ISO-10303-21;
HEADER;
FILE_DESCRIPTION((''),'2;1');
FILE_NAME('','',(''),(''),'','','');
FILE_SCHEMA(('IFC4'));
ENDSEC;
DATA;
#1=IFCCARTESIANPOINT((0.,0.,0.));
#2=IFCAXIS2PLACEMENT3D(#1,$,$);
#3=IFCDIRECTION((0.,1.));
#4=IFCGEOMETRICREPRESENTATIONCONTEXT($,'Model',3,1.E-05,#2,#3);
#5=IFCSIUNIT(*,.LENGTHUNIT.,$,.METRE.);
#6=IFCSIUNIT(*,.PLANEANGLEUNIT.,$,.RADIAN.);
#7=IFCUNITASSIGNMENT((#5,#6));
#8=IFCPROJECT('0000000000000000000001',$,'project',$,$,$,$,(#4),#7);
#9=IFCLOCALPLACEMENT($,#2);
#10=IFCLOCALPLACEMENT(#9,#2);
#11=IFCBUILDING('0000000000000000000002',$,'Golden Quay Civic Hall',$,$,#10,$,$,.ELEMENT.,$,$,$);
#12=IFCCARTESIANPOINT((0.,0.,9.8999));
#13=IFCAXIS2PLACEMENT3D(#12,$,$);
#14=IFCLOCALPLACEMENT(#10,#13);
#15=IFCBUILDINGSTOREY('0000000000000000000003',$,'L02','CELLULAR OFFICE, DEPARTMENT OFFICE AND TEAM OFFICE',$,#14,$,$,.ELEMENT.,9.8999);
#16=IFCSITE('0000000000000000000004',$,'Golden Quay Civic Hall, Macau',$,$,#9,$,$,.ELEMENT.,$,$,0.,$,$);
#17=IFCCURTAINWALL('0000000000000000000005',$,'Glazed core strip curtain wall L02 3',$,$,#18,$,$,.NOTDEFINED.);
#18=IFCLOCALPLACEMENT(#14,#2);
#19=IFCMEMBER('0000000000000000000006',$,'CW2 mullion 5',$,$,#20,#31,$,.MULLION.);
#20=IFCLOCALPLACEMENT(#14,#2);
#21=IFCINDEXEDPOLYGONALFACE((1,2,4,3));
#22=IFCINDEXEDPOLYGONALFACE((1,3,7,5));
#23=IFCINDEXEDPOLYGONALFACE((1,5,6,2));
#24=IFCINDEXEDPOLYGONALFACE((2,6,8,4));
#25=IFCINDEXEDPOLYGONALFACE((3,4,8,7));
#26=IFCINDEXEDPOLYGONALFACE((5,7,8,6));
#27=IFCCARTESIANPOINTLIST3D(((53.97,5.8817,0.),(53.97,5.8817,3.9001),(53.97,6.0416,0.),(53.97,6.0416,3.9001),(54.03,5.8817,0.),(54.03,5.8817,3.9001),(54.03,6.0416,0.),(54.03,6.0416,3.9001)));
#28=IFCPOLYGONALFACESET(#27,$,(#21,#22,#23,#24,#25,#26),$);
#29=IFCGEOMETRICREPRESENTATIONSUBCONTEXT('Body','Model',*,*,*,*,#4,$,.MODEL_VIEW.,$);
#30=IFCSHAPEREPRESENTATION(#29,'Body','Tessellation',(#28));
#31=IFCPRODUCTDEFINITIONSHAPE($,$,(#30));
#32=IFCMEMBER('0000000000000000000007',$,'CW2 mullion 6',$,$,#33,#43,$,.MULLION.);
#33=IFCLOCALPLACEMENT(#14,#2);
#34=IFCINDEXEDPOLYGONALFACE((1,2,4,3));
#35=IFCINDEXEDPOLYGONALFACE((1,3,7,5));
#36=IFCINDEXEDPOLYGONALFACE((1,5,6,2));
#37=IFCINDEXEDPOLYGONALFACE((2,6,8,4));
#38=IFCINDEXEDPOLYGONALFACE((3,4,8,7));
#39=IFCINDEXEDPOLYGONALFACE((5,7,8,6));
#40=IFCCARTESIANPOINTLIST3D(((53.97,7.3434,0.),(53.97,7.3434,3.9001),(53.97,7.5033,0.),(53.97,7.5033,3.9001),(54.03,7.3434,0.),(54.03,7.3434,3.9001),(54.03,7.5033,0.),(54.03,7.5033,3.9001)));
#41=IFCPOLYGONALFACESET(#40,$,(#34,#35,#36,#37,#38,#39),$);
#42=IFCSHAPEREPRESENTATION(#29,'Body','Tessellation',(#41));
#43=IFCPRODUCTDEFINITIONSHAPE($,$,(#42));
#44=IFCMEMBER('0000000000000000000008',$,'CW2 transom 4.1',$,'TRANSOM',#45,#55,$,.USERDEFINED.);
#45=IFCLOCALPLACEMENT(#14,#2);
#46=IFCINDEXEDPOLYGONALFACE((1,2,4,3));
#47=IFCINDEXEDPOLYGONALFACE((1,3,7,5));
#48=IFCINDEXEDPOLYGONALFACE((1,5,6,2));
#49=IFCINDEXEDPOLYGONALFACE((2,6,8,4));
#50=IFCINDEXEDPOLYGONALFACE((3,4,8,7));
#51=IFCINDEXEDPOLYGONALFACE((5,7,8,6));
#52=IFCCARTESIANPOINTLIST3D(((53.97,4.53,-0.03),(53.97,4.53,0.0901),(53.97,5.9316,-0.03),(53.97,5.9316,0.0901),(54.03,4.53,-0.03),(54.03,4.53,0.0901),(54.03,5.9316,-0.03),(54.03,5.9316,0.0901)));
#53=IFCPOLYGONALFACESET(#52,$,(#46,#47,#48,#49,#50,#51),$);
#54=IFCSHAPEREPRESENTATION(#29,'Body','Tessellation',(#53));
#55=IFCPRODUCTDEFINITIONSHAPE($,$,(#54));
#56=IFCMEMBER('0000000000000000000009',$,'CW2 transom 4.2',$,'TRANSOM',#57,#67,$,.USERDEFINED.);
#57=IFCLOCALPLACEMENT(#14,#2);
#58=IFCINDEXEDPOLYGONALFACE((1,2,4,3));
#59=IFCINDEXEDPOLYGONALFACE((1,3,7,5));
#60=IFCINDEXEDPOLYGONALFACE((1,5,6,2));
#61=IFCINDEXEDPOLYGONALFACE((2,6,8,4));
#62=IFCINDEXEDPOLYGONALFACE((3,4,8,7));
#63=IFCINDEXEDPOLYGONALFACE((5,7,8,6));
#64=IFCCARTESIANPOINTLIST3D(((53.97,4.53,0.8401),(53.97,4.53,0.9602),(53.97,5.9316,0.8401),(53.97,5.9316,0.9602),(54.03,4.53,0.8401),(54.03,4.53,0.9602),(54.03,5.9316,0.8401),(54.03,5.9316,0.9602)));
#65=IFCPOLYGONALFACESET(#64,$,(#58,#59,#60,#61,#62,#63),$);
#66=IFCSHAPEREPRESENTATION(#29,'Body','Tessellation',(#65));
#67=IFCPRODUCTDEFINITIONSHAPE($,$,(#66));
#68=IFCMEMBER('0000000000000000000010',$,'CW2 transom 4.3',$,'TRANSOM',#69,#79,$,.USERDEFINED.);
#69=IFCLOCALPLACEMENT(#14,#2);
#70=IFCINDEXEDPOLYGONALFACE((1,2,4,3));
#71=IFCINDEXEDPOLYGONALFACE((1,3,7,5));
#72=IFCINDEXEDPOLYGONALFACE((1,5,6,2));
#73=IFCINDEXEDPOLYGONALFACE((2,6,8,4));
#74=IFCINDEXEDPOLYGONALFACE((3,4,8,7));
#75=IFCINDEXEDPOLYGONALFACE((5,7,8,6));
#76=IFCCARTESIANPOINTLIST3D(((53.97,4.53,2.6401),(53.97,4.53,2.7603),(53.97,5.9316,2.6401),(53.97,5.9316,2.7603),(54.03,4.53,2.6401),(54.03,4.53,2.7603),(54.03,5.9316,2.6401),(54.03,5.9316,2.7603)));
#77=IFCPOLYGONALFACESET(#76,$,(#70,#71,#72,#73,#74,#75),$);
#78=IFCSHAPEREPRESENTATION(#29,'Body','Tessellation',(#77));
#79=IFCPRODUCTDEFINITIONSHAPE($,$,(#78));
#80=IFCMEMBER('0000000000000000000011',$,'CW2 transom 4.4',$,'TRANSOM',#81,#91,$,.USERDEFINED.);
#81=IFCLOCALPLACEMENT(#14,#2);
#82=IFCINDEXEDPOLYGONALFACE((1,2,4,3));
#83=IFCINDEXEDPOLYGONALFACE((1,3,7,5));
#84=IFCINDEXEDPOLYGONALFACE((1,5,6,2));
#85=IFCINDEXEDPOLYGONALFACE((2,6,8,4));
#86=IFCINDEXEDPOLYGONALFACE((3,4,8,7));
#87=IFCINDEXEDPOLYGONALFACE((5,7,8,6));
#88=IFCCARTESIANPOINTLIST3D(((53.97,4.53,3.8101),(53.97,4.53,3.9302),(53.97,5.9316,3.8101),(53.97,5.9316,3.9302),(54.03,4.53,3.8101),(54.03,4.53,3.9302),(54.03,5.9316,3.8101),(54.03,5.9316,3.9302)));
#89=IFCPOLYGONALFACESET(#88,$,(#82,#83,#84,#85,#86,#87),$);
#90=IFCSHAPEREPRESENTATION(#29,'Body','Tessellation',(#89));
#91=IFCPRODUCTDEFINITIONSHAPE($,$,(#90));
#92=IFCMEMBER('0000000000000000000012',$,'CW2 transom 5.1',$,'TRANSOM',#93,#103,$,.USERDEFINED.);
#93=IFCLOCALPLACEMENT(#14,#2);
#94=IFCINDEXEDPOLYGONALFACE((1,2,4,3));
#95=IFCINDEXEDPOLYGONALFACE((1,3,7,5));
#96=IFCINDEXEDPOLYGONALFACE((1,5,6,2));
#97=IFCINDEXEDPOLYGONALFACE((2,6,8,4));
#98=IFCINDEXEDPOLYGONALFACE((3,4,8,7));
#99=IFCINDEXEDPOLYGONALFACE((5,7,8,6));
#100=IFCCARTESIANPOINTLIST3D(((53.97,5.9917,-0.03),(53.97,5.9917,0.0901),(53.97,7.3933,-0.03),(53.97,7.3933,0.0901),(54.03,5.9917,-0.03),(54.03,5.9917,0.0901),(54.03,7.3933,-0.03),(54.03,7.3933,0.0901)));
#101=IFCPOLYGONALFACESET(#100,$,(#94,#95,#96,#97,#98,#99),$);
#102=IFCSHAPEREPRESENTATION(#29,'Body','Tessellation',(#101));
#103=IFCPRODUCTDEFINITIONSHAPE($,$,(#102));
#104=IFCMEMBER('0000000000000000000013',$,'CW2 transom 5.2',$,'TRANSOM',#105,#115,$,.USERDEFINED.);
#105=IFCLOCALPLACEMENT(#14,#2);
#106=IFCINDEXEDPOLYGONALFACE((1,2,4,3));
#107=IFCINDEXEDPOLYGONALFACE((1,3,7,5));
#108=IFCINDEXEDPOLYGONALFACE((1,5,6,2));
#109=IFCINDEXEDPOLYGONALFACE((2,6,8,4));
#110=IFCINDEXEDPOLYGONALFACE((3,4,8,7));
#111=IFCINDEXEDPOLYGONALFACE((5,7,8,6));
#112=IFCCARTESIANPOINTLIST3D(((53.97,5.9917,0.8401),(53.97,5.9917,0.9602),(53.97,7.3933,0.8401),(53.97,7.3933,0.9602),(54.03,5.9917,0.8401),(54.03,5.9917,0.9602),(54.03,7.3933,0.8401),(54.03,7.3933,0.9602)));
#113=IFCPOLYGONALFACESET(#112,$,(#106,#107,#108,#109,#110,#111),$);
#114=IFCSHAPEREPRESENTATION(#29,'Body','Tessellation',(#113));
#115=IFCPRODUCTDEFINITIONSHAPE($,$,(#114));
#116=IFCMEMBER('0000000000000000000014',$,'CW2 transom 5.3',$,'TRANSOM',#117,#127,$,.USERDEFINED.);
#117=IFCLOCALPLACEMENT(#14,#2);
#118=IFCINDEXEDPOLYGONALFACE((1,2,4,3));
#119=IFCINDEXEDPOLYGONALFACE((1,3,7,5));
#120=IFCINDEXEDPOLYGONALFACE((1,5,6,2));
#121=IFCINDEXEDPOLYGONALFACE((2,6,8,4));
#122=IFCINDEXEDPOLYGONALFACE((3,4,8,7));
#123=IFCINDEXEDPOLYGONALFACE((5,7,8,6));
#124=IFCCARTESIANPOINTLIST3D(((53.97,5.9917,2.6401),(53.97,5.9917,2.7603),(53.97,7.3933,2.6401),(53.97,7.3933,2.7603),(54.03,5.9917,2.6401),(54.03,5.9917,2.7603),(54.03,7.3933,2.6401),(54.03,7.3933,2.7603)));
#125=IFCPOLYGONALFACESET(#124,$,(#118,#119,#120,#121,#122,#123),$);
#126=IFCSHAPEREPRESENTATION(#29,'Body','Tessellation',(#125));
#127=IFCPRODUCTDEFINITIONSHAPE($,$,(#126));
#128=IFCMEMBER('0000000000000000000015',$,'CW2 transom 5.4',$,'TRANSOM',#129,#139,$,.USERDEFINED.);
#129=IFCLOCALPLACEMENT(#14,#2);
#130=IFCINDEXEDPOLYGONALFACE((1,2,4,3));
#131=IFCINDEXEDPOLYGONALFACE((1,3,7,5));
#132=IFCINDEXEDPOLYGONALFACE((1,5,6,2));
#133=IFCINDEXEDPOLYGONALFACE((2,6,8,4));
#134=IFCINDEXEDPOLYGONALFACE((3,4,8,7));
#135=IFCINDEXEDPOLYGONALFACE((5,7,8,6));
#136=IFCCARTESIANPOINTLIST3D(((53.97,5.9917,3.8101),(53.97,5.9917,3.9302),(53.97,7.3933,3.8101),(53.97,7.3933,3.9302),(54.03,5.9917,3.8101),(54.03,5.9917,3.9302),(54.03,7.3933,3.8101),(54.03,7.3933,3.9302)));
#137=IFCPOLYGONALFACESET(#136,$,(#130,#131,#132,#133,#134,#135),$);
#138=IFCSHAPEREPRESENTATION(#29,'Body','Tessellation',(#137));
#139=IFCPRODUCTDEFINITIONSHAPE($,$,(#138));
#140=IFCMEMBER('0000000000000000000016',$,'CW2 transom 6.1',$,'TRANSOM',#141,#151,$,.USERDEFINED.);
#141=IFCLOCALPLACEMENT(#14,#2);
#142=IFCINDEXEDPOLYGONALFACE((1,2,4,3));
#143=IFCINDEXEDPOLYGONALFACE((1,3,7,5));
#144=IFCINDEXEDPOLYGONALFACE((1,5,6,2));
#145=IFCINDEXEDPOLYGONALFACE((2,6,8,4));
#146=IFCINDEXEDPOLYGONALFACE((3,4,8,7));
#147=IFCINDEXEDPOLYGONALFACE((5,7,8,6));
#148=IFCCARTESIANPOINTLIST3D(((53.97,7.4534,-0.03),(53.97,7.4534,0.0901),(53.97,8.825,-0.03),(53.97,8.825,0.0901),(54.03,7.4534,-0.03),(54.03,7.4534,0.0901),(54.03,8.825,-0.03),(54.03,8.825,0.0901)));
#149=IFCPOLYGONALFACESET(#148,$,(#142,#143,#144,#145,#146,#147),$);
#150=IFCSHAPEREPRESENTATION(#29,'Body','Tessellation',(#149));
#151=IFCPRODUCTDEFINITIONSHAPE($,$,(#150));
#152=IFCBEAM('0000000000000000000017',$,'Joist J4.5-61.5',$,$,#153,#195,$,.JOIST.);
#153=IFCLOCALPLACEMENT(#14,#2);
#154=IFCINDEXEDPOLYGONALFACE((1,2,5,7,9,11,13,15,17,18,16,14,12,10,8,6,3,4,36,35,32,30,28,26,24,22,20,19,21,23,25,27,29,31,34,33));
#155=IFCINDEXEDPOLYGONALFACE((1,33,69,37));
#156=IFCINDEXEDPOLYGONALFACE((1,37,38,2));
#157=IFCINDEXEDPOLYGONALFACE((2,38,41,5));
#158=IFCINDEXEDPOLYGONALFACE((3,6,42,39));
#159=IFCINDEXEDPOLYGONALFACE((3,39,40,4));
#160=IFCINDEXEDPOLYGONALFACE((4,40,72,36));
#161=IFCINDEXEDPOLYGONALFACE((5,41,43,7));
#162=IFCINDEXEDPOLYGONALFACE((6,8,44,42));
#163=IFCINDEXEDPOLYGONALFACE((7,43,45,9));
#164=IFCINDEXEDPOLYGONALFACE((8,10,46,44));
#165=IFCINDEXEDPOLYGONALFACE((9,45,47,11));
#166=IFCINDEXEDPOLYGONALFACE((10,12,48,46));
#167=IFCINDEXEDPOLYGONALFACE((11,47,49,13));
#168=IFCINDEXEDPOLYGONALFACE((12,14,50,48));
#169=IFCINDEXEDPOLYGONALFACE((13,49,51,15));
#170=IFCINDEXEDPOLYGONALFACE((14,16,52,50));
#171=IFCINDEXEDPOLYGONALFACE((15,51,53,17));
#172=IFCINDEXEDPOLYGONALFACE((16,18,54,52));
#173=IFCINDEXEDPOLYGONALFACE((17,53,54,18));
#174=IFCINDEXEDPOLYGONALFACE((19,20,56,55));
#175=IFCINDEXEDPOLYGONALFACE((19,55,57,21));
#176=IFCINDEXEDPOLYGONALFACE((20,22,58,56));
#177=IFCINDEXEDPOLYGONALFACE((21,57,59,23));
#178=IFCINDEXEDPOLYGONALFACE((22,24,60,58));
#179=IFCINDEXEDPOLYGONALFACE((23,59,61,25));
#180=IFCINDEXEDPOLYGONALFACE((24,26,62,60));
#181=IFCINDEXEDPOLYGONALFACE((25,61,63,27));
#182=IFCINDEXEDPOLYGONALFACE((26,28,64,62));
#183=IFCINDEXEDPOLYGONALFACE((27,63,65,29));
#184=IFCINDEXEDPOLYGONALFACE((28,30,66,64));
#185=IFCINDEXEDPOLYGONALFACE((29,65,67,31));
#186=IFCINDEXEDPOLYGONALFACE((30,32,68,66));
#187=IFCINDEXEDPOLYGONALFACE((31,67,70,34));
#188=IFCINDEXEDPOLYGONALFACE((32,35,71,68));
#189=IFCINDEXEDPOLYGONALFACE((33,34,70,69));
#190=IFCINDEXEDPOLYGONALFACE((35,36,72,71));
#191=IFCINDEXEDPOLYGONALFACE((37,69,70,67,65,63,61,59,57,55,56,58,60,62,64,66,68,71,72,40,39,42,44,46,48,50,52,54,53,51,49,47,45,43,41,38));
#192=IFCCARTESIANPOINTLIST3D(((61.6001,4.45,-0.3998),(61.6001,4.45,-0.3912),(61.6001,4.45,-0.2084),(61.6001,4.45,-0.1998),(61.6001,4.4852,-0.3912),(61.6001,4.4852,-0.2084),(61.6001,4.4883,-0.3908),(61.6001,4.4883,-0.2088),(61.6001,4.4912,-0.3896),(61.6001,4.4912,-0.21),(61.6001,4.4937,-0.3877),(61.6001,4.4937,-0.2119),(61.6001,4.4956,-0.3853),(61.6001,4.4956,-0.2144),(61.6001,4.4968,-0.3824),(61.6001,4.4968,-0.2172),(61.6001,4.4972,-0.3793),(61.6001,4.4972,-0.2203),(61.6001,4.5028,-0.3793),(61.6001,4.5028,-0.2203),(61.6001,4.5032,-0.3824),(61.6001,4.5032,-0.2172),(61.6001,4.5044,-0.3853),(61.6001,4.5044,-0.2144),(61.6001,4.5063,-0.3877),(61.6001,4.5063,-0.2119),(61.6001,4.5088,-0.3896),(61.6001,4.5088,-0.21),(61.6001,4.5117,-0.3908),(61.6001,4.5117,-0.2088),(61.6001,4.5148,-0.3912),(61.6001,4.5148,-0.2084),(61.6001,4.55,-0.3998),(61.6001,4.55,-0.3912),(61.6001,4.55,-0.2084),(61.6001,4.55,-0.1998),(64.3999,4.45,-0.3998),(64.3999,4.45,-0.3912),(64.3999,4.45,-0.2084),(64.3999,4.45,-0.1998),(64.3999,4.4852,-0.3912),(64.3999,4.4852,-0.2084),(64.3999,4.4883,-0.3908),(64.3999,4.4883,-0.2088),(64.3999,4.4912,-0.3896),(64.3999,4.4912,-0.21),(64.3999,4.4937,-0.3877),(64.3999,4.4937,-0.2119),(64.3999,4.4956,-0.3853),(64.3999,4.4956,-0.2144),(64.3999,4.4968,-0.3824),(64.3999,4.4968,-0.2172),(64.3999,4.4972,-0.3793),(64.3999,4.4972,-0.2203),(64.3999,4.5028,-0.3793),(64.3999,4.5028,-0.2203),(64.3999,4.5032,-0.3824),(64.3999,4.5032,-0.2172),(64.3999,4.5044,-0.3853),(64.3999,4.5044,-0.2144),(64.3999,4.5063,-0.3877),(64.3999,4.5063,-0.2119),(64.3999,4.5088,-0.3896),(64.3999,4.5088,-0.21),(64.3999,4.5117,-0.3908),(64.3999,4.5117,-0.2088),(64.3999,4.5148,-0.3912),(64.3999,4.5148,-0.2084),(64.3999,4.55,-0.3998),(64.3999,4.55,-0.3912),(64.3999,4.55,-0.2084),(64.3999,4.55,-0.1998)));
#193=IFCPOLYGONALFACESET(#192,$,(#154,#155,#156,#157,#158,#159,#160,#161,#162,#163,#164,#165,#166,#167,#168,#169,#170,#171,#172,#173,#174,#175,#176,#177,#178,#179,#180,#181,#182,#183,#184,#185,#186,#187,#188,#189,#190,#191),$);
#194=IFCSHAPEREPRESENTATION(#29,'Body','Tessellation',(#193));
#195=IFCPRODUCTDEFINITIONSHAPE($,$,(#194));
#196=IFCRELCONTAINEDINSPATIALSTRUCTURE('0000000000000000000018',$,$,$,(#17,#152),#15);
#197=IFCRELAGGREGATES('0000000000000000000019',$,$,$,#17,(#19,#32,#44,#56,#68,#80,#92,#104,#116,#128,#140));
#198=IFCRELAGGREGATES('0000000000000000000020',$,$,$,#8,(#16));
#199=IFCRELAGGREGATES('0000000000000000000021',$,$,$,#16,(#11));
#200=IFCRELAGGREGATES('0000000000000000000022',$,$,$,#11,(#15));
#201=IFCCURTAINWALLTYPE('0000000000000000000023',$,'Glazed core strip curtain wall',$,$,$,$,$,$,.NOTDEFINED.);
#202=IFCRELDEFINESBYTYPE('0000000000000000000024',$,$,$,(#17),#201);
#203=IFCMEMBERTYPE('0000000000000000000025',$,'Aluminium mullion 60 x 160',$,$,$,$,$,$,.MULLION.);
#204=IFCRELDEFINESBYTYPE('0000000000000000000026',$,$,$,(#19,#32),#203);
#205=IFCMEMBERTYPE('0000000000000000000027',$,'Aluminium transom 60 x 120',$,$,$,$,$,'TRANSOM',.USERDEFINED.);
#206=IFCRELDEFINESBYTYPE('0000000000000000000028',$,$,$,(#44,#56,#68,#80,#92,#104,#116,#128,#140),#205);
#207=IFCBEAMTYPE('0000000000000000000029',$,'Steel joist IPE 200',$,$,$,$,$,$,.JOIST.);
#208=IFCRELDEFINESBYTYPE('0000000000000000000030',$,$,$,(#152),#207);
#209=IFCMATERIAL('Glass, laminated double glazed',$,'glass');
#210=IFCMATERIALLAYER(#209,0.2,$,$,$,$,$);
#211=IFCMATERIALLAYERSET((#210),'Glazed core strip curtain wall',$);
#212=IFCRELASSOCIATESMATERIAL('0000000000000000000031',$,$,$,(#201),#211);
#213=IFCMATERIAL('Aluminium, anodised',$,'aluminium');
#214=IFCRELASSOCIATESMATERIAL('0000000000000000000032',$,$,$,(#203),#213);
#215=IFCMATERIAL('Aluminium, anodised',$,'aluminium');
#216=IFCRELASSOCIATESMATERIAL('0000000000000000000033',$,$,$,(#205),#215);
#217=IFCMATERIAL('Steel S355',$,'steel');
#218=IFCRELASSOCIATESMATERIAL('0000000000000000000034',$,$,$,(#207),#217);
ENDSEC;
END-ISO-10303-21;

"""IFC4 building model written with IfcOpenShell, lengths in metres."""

from ifc_helpers import new_model, si_unit, direction, frame, origin, origin_2d, place, context, subcontext, project, spatial, rectangle, i_section, extrude, material, layer, layer_set, material_profile, profile_set, type_object, element, aggregate, save


model = new_model("IFC4")

# Units and contexts
model_context = context("Model", 3, precision=1e-05, world=origin(), true_north=direction((0.0, 1.0)))
body_context = subcontext(model_context, "Body", "Model", "MODEL_VIEW")
ifc_project = project(units=[si_unit("LENGTHUNIT", "METRE"), si_unit("PLANEANGLEUNIT", "RADIAN")], contexts=[model_context])

# Site, building, storey
site_placement = place(None, origin())
site = spatial("IfcSite", under=ifc_project, at=site_placement, Name="Golden Quay Civic Hall, Macau", CompositionType="ELEMENT", RefElevation=0.0)
building_placement = place(site_placement, origin())
building = spatial("IfcBuilding", under=site, at=building_placement, Name="Golden Quay Civic Hall", CompositionType="ELEMENT")
storey_placement = place(building_placement, frame((0.0, 0.0, 9.8999)))
storey = spatial("IfcBuildingStorey", under=building, at=storey_placement, Name="L02", Description="CELLULAR OFFICE, DEPARTMENT OFFICE AND TEAM OFFICE", CompositionType="ELEMENT", Elevation=9.8999)

# Curtain wall, members
ifc_material_1 = material(Name="Glass, laminated double glazed", Category="glass")
ifc_layer_1 = layer(ifc_material_1, 0.2)
ifc_layer_set_1 = layer_set([ifc_layer_1], Name="Glazed core strip curtain wall")
curtain_wall_type = type_object("IfcCurtainWallType", Name="Glazed core strip curtain wall", PredefinedType="NOTDEFINED", material=ifc_layer_set_1)
curtain_wall_placement = place(storey_placement, origin())
curtain_wall = element("IfcCurtainWall", 1, at=curtain_wall_placement, inside=storey, type_object=curtain_wall_type, Name="Glazed core strip curtain wall L02 3", PredefinedType="NOTDEFINED")
ifc_material_2 = material(Name="Aluminium, anodised", Category="aluminium")
ifc_material_profile_1 = material_profile(ifc_material_2, rectangle(XDim=0.0601, YDim=0.1599, at=origin_2d()), Name="Aluminium 60 x 160")
ifc_profile_set_1 = profile_set([ifc_material_profile_1], Name="Aluminium, anodised")
member_type_1 = type_object("IfcMemberType", Name="Aluminium mullion 60 x 160", PredefinedType="MULLION", material=ifc_profile_set_1)
member_1_placement = place(storey_placement, frame((54.0, 5.9617, 0.0), z_axis=(0.0, 0.0, 1.0), x_axis=(-1.0, 0.0, 0.0)))
member_1 = element("IfcMember", 2, at=member_1_placement, type_object=member_type_1, Name="CW2 mullion 5", PredefinedType="MULLION", context=body_context, shape_type="SweptSolid", body=[
    extrude(rectangle(XDim=0.0601, YDim=0.1599, at=origin_2d()), origin(), (0.0, 0.0, 1.0), 3.9001),
])
member_2_placement = place(storey_placement, frame((54.0, 7.4233, 0.0), z_axis=(0.0, 0.0, 1.0), x_axis=(-1.0, 0.0, 0.0)))
member_2 = element("IfcMember", 3, at=member_2_placement, type_object=member_type_1, Name="CW2 mullion 6", PredefinedType="MULLION", context=body_context, shape_type="SweptSolid", body=[
    extrude(rectangle(XDim=0.0601, YDim=0.1599, at=origin_2d()), origin(), (0.0, 0.0, 1.0), 3.9001),
])
ifc_material_3 = material(Name="Aluminium, anodised", Category="aluminium")
ifc_material_profile_2 = material_profile(ifc_material_3, rectangle(XDim=0.0601, YDim=0.1201, at=origin_2d()), Name="Aluminium 60 x 120")
ifc_profile_set_2 = profile_set([ifc_material_profile_2], Name="Aluminium, anodised")
member_type_2 = type_object("IfcMemberType", Name="Aluminium transom 60 x 120", ElementType="TRANSOM", PredefinedType="USERDEFINED", material=ifc_profile_set_2)
member_3_placement = place(storey_placement, frame((54.0, 4.53, 0.03), z_axis=(0.0, 1.0, 0.0), x_axis=(-1.0, 0.0, 0.0)))
member_3 = element("IfcMember", 4, at=member_3_placement, type_object=member_type_2, Name="CW2 transom 4.1", ObjectType="TRANSOM", PredefinedType="USERDEFINED", context=body_context, shape_type="SweptSolid", body=[
    extrude(rectangle(XDim=0.0601, YDim=0.1201, at=origin_2d()), origin(), (0.0, 0.0, 1.0), 1.4016),
])
member_4_placement = place(storey_placement, frame((54.0, 4.53, 0.9001), z_axis=(0.0, 1.0, 0.0), x_axis=(-1.0, 0.0, 0.0)))
member_4 = element("IfcMember", 5, at=member_4_placement, type_object=member_type_2, Name="CW2 transom 4.2", ObjectType="TRANSOM", PredefinedType="USERDEFINED", context=body_context, shape_type="SweptSolid", body=[
    extrude(rectangle(XDim=0.0601, YDim=0.1201, at=origin_2d()), origin(), (0.0, 0.0, 1.0), 1.4016),
])
member_5_placement = place(storey_placement, frame((54.0, 4.53, 2.7002), z_axis=(0.0, 1.0, 0.0), x_axis=(-1.0, 0.0, 0.0)))
member_5 = element("IfcMember", 6, at=member_5_placement, type_object=member_type_2, Name="CW2 transom 4.3", ObjectType="TRANSOM", PredefinedType="USERDEFINED", context=body_context, shape_type="SweptSolid", body=[
    extrude(rectangle(XDim=0.0601, YDim=0.1201, at=origin_2d()), origin(), (0.0, 0.0, 1.0), 1.4016),
])
member_6_placement = place(storey_placement, frame((54.0, 4.53, 3.8701), z_axis=(0.0, 1.0, 0.0), x_axis=(-1.0, 0.0, 0.0)))
member_6 = element("IfcMember", 7, at=member_6_placement, type_object=member_type_2, Name="CW2 transom 4.4", ObjectType="TRANSOM", PredefinedType="USERDEFINED", context=body_context, shape_type="SweptSolid", body=[
    extrude(rectangle(XDim=0.0601, YDim=0.1201, at=origin_2d()), origin(), (0.0, 0.0, 1.0), 1.4016),
])
member_7_placement = place(storey_placement, frame((54.0, 5.9917, 0.03), z_axis=(0.0, 1.0, 0.0), x_axis=(-1.0, 0.0, 0.0)))
member_7 = element("IfcMember", 8, at=member_7_placement, type_object=member_type_2, Name="CW2 transom 5.1", ObjectType="TRANSOM", PredefinedType="USERDEFINED", context=body_context, shape_type="SweptSolid", body=[
    extrude(rectangle(XDim=0.0601, YDim=0.1201, at=origin_2d()), origin(), (0.0, 0.0, 1.0), 1.4016),
])
member_8_placement = place(storey_placement, frame((54.0, 5.9917, 0.9001), z_axis=(0.0, 1.0, 0.0), x_axis=(-1.0, 0.0, 0.0)))
member_8 = element("IfcMember", 9, at=member_8_placement, type_object=member_type_2, Name="CW2 transom 5.2", ObjectType="TRANSOM", PredefinedType="USERDEFINED", context=body_context, shape_type="SweptSolid", body=[
    extrude(rectangle(XDim=0.0601, YDim=0.1201, at=origin_2d()), origin(), (0.0, 0.0, 1.0), 1.4016),
])
member_9_placement = place(storey_placement, frame((54.0, 5.9917, 2.7002), z_axis=(0.0, 1.0, 0.0), x_axis=(-1.0, 0.0, 0.0)))
member_9 = element("IfcMember", 10, at=member_9_placement, type_object=member_type_2, Name="CW2 transom 5.3", ObjectType="TRANSOM", PredefinedType="USERDEFINED", context=body_context, shape_type="SweptSolid", body=[
    extrude(rectangle(XDim=0.0601, YDim=0.1201, at=origin_2d()), origin(), (0.0, 0.0, 1.0), 1.4016),
])
member_10_placement = place(storey_placement, frame((54.0, 5.9917, 3.8701), z_axis=(0.0, 1.0, 0.0), x_axis=(-1.0, 0.0, 0.0)))
member_10 = element("IfcMember", 11, at=member_10_placement, type_object=member_type_2, Name="CW2 transom 5.4", ObjectType="TRANSOM", PredefinedType="USERDEFINED", context=body_context, shape_type="SweptSolid", body=[
    extrude(rectangle(XDim=0.0601, YDim=0.1201, at=origin_2d()), origin(), (0.0, 0.0, 1.0), 1.4016),
])
member_11_placement = place(storey_placement, frame((54.0, 7.4534, 0.03), z_axis=(0.0, 1.0, 0.0), x_axis=(-1.0, 0.0, 0.0)))
member_11 = element("IfcMember", 12, at=member_11_placement, type_object=member_type_2, Name="CW2 transom 6.1", ObjectType="TRANSOM", PredefinedType="USERDEFINED", context=body_context, shape_type="SweptSolid", body=[
    extrude(rectangle(XDim=0.0601, YDim=0.1201, at=origin_2d()), origin(), (0.0, 0.0, 1.0), 1.3716),
])

# Beam
ifc_material_4 = material(Name="Steel S355", Category="steel")
ifc_material_profile_3 = material_profile(ifc_material_4, i_section(OverallWidth=0.1001, OverallDepth=0.2, WebThickness=0.0056, FlangeThickness=0.0085, FilletRadius=0.012, at=origin_2d()), Name="IPE 200")
ifc_profile_set_3 = profile_set([ifc_material_profile_3], Name="Steel S355")
beam_type = type_object("IfcBeamType", Name="Steel joist IPE 200", PredefinedType="JOIST", material=ifc_profile_set_3)
beam_placement = place(storey_placement, frame((61.6001, 4.5, -0.2998), z_axis=(1.0, 0.0, 0.0), x_axis=(0.0, 1.0, 0.0)))
element("IfcBeam", 13, at=beam_placement, inside=storey, type_object=beam_type, Name="Joist J4.5-61.5", PredefinedType="JOIST", context=body_context, shape_type="SweptSolid", body=[
    extrude(i_section(OverallWidth=0.1001, OverallDepth=0.2, WebThickness=0.0056, FlangeThickness=0.0085, FilletRadius=0.012, at=origin_2d()), origin(), (0.0, 0.0, 1.0), 2.7998),
])

aggregate(curtain_wall, [member_1, member_2, member_3, member_4, member_5, member_6, member_7, member_8, member_9, member_10, member_11])

save(model, "model.ifc")
